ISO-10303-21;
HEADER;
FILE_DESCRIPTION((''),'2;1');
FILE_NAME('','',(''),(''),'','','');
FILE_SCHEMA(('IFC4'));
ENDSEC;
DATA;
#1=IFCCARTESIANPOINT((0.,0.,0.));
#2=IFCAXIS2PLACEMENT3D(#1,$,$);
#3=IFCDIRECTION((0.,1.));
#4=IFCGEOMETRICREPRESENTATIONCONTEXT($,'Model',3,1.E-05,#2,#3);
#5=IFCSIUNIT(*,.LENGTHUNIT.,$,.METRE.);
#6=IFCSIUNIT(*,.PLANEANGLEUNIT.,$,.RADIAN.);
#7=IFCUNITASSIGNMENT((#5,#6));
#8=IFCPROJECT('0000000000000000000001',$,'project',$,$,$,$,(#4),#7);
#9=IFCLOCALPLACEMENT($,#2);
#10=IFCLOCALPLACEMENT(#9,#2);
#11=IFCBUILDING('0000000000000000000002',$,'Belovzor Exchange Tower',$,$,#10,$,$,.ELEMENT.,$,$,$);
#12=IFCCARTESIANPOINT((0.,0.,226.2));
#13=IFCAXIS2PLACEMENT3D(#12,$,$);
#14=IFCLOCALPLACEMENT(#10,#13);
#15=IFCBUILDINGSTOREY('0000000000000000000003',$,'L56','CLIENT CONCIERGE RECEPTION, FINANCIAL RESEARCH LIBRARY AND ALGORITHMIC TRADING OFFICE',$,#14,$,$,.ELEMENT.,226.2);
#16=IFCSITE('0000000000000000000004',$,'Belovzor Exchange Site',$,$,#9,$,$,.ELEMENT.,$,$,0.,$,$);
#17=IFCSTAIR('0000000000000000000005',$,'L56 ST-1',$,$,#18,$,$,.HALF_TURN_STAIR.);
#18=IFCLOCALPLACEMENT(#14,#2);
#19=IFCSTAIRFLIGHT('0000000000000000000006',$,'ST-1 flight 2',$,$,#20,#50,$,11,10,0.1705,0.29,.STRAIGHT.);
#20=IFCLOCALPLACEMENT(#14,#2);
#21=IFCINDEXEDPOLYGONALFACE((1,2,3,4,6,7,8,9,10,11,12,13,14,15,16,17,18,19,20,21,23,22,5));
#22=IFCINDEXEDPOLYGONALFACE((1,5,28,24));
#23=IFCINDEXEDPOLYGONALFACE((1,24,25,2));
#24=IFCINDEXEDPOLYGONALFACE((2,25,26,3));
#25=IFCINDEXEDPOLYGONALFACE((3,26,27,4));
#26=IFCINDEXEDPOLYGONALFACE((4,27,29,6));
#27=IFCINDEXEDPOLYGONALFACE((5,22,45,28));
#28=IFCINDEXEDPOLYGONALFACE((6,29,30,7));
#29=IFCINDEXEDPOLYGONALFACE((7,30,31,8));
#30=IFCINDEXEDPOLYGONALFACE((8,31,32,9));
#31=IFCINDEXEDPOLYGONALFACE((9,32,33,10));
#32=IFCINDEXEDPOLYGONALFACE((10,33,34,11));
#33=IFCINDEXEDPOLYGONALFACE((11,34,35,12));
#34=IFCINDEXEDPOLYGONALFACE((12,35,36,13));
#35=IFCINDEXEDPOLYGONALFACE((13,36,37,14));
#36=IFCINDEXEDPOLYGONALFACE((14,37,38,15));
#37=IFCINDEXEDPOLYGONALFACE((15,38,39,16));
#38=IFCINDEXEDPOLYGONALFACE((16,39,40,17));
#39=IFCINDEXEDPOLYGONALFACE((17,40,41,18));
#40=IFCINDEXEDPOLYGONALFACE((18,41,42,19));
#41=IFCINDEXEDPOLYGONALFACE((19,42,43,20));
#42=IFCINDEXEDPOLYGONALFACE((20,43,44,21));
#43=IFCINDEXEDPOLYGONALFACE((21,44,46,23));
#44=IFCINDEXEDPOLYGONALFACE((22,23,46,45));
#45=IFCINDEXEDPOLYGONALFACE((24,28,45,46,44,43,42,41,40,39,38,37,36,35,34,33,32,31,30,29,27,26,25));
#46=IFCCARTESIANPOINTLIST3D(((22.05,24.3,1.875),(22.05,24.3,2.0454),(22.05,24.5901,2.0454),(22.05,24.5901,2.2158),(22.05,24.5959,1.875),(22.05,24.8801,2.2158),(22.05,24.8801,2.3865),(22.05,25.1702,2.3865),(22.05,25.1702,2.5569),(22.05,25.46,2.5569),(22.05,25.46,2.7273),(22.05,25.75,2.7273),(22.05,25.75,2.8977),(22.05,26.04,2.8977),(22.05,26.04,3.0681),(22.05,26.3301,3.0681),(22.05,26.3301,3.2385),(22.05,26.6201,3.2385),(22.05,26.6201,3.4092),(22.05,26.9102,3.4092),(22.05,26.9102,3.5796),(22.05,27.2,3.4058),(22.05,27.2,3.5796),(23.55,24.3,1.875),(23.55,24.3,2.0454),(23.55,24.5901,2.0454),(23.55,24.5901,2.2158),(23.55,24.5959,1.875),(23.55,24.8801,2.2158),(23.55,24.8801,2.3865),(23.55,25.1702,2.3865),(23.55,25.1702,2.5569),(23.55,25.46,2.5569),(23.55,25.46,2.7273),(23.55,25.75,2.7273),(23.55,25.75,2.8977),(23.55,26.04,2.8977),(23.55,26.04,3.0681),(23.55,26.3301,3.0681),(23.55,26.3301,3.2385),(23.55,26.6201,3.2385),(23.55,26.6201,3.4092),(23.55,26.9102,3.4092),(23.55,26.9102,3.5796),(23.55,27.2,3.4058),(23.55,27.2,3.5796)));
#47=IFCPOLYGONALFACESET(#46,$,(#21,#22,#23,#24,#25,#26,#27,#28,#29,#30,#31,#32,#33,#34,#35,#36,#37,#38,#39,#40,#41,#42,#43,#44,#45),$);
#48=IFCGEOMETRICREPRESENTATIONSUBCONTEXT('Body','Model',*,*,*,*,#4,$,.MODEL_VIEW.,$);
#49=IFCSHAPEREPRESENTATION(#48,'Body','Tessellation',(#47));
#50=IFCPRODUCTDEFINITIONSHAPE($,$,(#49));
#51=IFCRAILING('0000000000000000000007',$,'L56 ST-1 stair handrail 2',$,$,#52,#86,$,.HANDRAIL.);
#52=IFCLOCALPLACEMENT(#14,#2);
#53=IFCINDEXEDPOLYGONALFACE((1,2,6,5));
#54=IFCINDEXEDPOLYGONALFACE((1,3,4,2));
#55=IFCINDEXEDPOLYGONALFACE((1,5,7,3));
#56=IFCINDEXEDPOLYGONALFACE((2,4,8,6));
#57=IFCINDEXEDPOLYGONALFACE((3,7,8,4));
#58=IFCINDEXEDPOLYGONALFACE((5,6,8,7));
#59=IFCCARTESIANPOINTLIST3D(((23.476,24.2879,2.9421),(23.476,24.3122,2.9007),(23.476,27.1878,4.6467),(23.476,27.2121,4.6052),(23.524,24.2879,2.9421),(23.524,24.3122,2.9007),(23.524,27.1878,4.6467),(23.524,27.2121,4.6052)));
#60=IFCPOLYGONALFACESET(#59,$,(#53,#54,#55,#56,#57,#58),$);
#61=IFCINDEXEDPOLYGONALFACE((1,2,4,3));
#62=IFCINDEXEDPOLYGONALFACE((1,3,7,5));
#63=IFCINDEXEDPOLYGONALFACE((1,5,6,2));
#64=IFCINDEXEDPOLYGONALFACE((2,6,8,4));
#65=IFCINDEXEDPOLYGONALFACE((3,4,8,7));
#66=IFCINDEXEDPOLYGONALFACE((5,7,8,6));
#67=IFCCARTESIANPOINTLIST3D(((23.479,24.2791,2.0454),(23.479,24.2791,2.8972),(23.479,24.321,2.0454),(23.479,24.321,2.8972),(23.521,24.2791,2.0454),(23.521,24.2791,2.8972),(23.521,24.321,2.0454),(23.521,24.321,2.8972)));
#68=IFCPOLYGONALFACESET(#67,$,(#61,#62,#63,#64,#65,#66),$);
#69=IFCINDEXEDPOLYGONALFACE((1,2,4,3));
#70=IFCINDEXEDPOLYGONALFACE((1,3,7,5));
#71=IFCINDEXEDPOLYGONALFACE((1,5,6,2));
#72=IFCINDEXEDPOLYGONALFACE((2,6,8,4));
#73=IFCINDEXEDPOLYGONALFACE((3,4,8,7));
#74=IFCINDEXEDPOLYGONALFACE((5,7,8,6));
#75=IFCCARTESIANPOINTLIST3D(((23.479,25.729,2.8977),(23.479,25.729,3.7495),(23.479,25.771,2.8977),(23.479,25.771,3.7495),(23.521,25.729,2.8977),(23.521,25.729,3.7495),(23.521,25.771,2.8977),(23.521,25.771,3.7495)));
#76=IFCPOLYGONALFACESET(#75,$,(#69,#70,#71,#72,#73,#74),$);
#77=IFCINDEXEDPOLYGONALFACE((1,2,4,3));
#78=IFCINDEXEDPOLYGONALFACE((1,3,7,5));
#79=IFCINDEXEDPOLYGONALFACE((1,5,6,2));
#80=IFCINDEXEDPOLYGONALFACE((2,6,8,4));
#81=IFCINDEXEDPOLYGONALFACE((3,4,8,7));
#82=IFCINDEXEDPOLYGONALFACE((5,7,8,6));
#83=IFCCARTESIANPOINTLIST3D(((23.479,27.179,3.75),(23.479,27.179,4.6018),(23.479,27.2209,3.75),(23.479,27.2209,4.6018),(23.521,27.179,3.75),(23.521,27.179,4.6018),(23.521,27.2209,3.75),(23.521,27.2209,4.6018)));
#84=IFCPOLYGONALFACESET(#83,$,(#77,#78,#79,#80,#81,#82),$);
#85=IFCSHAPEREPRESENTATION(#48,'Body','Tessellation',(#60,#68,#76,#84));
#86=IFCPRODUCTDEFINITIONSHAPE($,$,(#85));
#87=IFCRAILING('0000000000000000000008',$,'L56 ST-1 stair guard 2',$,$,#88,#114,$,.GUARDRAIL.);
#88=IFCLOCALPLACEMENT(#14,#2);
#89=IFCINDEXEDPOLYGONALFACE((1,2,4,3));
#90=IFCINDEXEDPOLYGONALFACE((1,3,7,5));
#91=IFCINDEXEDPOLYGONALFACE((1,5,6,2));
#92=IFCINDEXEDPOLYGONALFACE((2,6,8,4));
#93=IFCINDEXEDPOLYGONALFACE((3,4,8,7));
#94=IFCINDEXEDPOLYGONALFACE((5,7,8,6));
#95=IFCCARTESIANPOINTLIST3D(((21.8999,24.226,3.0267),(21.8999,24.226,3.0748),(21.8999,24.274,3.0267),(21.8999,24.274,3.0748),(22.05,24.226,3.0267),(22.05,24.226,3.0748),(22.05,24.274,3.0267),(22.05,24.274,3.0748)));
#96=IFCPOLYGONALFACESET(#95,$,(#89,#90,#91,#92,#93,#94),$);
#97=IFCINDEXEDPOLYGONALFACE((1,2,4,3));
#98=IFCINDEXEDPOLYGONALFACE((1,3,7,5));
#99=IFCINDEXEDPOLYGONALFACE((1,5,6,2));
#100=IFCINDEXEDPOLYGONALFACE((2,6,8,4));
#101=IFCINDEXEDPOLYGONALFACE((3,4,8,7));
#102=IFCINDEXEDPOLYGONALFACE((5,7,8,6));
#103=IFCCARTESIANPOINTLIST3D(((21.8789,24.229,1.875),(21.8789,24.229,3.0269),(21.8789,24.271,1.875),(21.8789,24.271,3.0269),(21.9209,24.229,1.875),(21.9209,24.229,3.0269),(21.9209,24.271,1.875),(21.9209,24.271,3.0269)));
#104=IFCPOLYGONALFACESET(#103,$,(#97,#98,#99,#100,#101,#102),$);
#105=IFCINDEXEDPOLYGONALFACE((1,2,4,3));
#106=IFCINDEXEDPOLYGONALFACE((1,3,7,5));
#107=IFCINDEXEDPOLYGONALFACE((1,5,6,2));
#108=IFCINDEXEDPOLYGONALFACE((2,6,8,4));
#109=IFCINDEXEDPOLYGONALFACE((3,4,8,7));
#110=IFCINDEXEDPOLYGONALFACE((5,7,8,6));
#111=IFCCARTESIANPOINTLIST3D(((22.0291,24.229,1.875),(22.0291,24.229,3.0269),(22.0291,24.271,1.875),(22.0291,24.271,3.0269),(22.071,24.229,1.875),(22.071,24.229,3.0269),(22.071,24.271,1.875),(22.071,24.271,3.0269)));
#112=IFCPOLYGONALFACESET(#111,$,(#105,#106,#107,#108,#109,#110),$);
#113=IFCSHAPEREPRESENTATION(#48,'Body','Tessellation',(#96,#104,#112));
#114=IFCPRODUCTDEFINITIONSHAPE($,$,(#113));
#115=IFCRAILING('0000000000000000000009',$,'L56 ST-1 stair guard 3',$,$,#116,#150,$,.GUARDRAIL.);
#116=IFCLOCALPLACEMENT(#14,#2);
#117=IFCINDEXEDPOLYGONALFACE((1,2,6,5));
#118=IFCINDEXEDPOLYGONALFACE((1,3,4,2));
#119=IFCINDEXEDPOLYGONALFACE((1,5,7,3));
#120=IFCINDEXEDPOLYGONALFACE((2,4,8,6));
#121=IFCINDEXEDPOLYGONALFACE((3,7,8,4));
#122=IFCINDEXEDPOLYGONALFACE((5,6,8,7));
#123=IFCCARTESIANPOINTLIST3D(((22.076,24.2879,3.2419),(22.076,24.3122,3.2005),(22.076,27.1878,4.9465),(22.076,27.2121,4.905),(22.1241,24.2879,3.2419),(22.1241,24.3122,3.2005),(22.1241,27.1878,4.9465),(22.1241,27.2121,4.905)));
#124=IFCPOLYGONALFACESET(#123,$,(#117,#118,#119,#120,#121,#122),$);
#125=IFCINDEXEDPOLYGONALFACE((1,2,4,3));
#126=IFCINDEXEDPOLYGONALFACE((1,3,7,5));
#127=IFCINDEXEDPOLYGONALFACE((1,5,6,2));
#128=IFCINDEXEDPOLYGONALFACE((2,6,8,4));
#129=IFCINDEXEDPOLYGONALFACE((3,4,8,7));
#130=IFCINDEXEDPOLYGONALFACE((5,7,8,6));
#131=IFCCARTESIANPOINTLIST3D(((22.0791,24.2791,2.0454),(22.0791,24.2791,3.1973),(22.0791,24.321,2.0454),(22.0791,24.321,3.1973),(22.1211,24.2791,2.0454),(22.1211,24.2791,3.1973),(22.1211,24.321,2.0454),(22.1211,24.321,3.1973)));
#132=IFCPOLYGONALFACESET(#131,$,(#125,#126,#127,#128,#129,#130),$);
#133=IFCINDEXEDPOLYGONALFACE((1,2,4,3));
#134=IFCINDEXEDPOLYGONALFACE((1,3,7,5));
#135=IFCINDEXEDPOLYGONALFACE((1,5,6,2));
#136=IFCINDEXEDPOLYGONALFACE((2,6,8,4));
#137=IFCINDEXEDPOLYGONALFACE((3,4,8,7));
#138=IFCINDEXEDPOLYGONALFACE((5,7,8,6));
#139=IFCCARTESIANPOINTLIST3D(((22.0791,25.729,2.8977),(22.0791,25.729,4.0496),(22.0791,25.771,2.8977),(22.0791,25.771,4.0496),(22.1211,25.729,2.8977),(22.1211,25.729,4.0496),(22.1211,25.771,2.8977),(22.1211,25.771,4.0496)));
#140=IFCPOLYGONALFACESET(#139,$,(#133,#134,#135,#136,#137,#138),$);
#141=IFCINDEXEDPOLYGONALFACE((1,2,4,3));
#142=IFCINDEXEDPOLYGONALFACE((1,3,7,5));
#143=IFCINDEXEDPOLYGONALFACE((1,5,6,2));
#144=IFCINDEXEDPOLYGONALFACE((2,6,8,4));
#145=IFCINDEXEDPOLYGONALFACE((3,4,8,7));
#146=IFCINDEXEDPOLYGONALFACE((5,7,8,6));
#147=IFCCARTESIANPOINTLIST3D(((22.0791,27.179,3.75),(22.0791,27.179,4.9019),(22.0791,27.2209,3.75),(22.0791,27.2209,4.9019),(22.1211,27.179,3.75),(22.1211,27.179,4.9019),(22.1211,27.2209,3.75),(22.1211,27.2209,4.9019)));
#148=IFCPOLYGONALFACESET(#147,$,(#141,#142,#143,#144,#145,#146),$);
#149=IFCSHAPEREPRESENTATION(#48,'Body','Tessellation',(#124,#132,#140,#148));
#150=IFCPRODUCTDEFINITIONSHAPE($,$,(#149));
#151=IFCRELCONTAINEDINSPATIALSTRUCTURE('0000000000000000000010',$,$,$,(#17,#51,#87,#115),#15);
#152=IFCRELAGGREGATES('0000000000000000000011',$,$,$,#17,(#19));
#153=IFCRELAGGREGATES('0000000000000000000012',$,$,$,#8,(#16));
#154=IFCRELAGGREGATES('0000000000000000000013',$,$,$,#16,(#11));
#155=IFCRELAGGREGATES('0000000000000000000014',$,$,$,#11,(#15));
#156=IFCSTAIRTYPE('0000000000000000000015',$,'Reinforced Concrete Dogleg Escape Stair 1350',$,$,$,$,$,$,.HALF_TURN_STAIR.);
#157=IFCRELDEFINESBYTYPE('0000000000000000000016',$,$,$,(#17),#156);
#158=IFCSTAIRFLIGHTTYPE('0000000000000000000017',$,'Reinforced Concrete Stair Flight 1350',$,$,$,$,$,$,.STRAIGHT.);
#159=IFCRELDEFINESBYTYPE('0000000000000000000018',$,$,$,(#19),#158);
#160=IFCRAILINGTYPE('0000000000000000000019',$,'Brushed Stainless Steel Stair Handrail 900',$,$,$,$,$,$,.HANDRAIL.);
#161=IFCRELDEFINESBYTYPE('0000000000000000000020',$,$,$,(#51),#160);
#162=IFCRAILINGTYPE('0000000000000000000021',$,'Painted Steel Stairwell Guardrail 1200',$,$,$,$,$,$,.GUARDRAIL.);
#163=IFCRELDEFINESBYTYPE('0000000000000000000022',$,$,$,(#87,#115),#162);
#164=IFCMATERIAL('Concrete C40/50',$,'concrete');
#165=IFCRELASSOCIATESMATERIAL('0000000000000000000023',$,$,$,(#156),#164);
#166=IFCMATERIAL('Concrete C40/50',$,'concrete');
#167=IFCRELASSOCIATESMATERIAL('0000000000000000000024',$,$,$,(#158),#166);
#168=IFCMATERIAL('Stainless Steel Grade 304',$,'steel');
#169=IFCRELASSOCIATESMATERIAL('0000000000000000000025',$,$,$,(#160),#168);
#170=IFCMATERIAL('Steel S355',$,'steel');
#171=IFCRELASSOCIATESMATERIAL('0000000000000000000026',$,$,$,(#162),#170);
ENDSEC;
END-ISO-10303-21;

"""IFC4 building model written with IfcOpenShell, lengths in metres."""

from ifc_helpers import new_model, si_unit, direction, frame, origin, origin_2d, place, context, subcontext, project, spatial, polyline, rectangle, outline, extrude, material, type_object, element, aggregate, save


model = new_model("IFC4")

# Units and contexts
model_context = context("Model", 3, precision=1e-05, world=origin(), true_north=direction((0.0, 1.0)))
body_context = subcontext(model_context, "Body", "Model", "MODEL_VIEW")
ifc_project = project(units=[si_unit("LENGTHUNIT", "METRE"), si_unit("PLANEANGLEUNIT", "RADIAN")], contexts=[model_context])

# Site, building, storey
site_placement = place(None, origin())
site = spatial("IfcSite", under=ifc_project, at=site_placement, Name="Belovzor Exchange Site", CompositionType="ELEMENT", RefElevation=0.0)
building_placement = place(site_placement, origin())
building = spatial("IfcBuilding", under=site, at=building_placement, Name="Belovzor Exchange Tower", CompositionType="ELEMENT")
storey_placement = place(building_placement, frame((0.0, 0.0, 226.2)))
storey = spatial("IfcBuildingStorey", under=building, at=storey_placement, Name="L56", Description="CLIENT CONCIERGE RECEPTION, FINANCIAL RESEARCH LIBRARY AND ALGORITHMIC TRADING OFFICE", CompositionType="ELEMENT", Elevation=226.2)

# Stair, stair flight
ifc_material_1 = material(Name="Concrete C40/50", Category="concrete")
stair_type = type_object("IfcStairType", Name="Reinforced Concrete Dogleg Escape Stair 1350", PredefinedType="HALF_TURN_STAIR", material=ifc_material_1)
stair_placement = place(storey_placement, origin())
stair = element("IfcStair", 1, at=stair_placement, inside=storey, type_object=stair_type, Name="L56 ST-1", PredefinedType="HALF_TURN_STAIR")
ifc_material_2 = material(Name="Concrete C40/50", Category="concrete")
stair_flight_type = type_object("IfcStairFlightType", Name="Reinforced Concrete Stair Flight 1350", PredefinedType="STRAIGHT", material=ifc_material_2)
stair_flight_placement = place(storey_placement, frame((22.8, 24.3, 1.875), z_axis=(0.0, 0.0, 1.0), x_axis=(0.0, 1.0, 0.0)))
stair_flight = element("IfcStairFlight", 2, at=stair_flight_placement, type_object=stair_flight_type, Name="ST-1 flight 2", NumberOfRisers=11, NumberOfTreads=10, PredefinedType="STRAIGHT", RiserHeight=0.1705, TreadLength=0.29, context=body_context, shape_type="SweptSolid", body=[
    extrude(outline(polyline([(0.0, 0.0), (0.0, 0.1704), (0.29, 0.1704), (0.29, 0.3408), (0.5801, 0.3408), (0.5801, 0.5115), (0.8701, 0.5115), (0.8701, 0.6819), (1.1599, 0.6819), (1.1599, 0.8523), (1.45, 0.8523), (1.45, 1.0227), (1.74, 1.0227), (1.74, 1.1931), (2.03, 1.1931), (2.03, 1.3635), (2.3201, 1.3635), (2.3201, 1.5342), (2.6101, 1.5342), (2.6101, 1.7046), (2.8999, 1.7046), (2.8999, 1.875), (2.8999, 1.5308), (0.2959, 0.0), (0.0, 0.0)])), frame((0.0, 0.75, 0.0), z_axis=(0.0, -1.0, 0.0), x_axis=(1.0, 0.0, 0.0)), (0.0, 0.0, 1.0), 1.5),
])
aggregate(stair, [stair_flight])

# Railings
ifc_material_3 = material(Name="Stainless Steel Grade 304", Category="steel")
railing_type_1 = type_object("IfcRailingType", Name="Brushed Stainless Steel Stair Handrail 900", PredefinedType="HANDRAIL", material=ifc_material_3)
railing_1_placement = place(storey_placement, frame((23.5, 24.3, 2.0454)))
element("IfcRailing", 3, at=railing_1_placement, inside=storey, type_object=railing_type_1, Name="L56 ST-1 stair handrail 2", PredefinedType="HANDRAIL", context=body_context, shape_type="SweptSolid", body=[
    extrude(rectangle(XDim=0.0481, YDim=0.0481, at=origin_2d()), frame((0.0, 0.0, 0.876), z_axis=(0.0, 0.862095, 0.506747), x_axis=(-1.0, 0.0, 0.0)), (0.0, 0.0, 1.0), 3.3638),
    extrude(rectangle(XDim=0.042, YDim=0.042, at=origin_2d()), origin(), (0.0, 0.0, 1.0), 0.8518),
    extrude(rectangle(XDim=0.042, YDim=0.042, at=origin_2d()), frame((0.0, 1.45, 0.8523)), (0.0, 0.0, 1.0), 0.8518),
    extrude(rectangle(XDim=0.042, YDim=0.042, at=origin_2d()), frame((0.0, 2.8999, 1.7046)), (0.0, 0.0, 1.0), 0.8518),
])
ifc_material_4 = material(Name="Steel S355", Category="steel")
railing_type_2 = type_object("IfcRailingType", Name="Painted Steel Stairwell Guardrail 1200", PredefinedType="GUARDRAIL", material=ifc_material_4)
railing_2_placement = place(storey_placement, frame((21.8999, 24.25, 1.875)))
element("IfcRailing", 4, at=railing_2_placement, inside=storey, type_object=railing_type_2, Name="L56 ST-1 stair guard 2", PredefinedType="GUARDRAIL", context=body_context, shape_type="SweptSolid", body=[
    extrude(rectangle(XDim=0.0481, YDim=0.0481, at=origin_2d()), frame((0.0, 0.0, 1.1758), z_axis=(1.0, 0.0, 0.0), x_axis=(0.0, 1.0, 0.0)), (0.0, 0.0, 1.0), 0.1501),
    extrude(rectangle(XDim=0.042, YDim=0.042, at=origin_2d()), origin(), (0.0, 0.0, 1.0), 1.1519),
    extrude(rectangle(XDim=0.042, YDim=0.042, at=origin_2d()), frame((0.1501, 0.0, 0.0)), (0.0, 0.0, 1.0), 1.1519),
])
railing_3_placement = place(storey_placement, frame((22.1001, 24.3, 2.0454)))
element("IfcRailing", 5, at=railing_3_placement, inside=storey, type_object=railing_type_2, Name="L56 ST-1 stair guard 3", PredefinedType="GUARDRAIL", context=body_context, shape_type="SweptSolid", body=[
    extrude(rectangle(XDim=0.0481, YDim=0.0481, at=origin_2d()), frame((0.0, 0.0, 1.1758), z_axis=(0.0, 0.862095, 0.506747), x_axis=(-1.0, 0.0, 0.0)), (0.0, 0.0, 1.0), 3.3638),
    extrude(rectangle(XDim=0.042, YDim=0.042, at=origin_2d()), origin(), (0.0, 0.0, 1.0), 1.1519),
    extrude(rectangle(XDim=0.042, YDim=0.042, at=origin_2d()), frame((0.0, 1.45, 0.8523)), (0.0, 0.0, 1.0), 1.1519),
    extrude(rectangle(XDim=0.042, YDim=0.042, at=origin_2d()), frame((0.0, 2.8999, 1.7046)), (0.0, 0.0, 1.0), 1.1519),
])

save(model, "model.ifc")
